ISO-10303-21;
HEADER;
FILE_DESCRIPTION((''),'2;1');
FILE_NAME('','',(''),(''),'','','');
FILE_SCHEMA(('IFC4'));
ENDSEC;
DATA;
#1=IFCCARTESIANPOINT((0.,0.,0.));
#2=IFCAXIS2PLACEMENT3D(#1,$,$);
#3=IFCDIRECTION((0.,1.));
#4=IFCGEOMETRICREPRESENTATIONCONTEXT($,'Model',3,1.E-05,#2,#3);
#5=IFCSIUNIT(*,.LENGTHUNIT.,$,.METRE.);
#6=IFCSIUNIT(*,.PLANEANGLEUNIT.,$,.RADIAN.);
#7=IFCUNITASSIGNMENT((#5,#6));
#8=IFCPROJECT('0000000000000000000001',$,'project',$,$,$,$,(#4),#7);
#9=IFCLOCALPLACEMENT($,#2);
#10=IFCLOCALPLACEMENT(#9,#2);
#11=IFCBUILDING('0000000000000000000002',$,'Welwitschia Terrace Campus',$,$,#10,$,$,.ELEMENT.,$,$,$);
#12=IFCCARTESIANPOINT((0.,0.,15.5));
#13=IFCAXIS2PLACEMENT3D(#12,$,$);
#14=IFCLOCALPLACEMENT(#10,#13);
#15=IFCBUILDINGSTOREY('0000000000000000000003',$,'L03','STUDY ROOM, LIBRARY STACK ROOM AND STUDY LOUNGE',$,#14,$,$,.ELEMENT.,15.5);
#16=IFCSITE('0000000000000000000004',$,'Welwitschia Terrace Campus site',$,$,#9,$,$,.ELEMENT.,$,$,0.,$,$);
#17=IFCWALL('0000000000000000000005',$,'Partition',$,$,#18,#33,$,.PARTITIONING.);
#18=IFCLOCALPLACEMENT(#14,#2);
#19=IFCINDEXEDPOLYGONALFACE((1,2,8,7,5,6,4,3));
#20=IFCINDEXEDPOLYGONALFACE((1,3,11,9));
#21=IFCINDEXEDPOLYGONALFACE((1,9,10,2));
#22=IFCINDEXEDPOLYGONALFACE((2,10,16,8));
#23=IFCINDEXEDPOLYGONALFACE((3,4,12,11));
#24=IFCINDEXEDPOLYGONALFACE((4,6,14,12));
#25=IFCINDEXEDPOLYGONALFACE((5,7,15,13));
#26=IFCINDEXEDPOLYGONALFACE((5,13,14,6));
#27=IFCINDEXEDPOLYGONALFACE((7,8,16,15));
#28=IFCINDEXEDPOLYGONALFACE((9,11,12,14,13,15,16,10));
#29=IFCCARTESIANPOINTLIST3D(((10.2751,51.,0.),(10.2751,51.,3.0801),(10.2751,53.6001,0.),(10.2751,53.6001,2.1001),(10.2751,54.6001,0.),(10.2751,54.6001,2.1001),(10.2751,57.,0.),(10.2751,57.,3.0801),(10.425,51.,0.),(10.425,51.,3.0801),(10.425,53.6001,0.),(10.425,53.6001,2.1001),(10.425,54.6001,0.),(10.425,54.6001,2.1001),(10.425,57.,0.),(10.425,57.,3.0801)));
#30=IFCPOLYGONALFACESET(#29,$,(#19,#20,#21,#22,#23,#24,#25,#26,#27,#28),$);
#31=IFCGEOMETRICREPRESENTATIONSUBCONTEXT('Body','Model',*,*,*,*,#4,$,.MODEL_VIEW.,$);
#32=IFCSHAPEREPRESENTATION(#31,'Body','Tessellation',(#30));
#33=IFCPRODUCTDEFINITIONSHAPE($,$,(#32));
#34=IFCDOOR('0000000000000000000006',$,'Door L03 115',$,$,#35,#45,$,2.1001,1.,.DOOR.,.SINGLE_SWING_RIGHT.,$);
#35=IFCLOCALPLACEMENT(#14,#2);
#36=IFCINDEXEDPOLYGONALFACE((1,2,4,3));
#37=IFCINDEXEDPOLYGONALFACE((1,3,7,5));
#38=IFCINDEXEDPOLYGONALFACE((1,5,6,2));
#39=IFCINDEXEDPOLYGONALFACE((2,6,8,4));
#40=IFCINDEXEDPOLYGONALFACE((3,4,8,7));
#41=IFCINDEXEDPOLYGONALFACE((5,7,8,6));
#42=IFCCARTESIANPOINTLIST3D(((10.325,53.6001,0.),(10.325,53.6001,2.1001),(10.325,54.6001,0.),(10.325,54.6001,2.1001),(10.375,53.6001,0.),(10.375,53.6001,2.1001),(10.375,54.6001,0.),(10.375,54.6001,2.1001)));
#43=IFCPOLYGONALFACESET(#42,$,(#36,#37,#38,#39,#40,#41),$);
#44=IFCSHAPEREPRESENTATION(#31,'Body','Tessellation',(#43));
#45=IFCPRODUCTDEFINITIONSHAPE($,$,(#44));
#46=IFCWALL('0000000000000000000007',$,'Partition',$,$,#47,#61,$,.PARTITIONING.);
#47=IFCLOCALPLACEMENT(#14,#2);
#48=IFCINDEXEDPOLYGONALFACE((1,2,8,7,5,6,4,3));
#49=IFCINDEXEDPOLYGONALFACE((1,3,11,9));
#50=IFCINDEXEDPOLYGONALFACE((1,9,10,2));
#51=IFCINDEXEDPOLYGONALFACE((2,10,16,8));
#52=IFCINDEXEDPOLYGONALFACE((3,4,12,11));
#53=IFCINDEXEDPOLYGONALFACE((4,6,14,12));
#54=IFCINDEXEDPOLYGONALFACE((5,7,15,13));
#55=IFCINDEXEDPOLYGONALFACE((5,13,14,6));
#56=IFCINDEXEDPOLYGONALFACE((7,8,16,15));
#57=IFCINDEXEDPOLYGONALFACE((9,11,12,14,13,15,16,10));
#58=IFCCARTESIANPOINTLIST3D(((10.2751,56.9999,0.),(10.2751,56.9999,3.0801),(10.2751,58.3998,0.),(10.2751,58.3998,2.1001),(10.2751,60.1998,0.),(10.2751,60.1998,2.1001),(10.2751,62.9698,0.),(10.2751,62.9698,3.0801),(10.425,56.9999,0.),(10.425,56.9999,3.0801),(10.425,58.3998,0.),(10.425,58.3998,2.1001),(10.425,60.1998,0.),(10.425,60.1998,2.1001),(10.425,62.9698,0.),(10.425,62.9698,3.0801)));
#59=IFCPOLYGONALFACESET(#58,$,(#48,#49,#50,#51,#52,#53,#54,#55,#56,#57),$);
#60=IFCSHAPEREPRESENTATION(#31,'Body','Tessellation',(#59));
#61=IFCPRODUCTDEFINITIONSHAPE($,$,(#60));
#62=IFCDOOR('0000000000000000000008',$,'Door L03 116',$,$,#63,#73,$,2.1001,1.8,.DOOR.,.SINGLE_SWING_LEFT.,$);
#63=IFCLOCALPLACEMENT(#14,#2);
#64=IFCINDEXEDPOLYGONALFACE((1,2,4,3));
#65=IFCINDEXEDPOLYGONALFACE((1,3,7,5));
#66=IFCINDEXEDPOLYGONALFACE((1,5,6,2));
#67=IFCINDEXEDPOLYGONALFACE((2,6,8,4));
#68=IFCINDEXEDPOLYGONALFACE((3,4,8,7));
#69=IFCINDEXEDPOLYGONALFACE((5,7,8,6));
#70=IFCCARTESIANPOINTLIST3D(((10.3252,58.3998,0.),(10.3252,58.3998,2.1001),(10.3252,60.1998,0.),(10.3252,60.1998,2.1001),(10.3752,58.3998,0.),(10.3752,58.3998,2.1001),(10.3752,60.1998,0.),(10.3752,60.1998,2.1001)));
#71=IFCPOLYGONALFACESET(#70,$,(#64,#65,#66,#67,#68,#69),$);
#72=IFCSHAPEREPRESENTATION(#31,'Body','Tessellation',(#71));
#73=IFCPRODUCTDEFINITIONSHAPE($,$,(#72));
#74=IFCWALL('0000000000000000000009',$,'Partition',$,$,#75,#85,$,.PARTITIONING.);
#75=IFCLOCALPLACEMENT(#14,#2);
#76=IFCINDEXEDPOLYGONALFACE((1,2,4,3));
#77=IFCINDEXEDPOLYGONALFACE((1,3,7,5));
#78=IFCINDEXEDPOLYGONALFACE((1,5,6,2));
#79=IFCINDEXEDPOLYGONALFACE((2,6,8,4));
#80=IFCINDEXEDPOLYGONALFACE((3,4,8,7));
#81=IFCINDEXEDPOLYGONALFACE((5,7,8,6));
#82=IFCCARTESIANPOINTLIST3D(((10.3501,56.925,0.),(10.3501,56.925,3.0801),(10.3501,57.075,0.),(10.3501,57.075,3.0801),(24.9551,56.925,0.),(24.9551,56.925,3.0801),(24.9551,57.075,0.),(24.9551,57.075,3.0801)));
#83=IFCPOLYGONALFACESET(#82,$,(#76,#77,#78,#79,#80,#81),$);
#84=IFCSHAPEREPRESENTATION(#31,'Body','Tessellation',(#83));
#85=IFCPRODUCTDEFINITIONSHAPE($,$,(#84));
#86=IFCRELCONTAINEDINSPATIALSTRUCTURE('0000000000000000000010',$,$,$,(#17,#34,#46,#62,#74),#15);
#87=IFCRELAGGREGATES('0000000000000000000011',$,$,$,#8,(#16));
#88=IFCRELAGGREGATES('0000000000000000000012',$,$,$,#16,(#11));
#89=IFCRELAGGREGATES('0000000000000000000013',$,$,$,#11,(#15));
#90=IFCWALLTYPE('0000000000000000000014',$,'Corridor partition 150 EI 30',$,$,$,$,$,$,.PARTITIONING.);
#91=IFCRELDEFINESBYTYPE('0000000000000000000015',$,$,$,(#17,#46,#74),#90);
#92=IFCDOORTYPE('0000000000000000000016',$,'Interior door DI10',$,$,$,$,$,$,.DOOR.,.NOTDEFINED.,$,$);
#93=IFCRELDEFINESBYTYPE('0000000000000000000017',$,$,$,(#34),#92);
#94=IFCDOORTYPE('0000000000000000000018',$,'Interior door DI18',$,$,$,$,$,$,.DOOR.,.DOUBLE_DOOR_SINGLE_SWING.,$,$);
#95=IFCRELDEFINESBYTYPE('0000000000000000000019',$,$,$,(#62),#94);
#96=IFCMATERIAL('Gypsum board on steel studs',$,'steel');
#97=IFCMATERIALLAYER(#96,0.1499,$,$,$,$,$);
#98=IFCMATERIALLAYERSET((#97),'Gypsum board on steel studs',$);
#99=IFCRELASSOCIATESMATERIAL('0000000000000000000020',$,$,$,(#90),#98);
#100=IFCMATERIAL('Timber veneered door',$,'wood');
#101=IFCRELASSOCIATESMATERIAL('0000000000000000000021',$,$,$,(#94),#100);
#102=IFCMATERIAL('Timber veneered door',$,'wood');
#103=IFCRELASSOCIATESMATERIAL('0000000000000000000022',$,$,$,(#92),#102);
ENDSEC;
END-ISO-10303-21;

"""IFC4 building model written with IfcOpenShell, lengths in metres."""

from ifc_helpers import new_model, si_unit, direction, frame, frame_2d, origin, place, context, subcontext, project, spatial, rectangle, extrude, material, layer, layer_set, type_object, element, fill, save


model = new_model("IFC4")

# Units and contexts
model_context = context("Model", 3, precision=1e-05, world=origin(), true_north=direction((0.0, 1.0)))
body_context = subcontext(model_context, "Body", "Model", "MODEL_VIEW")
ifc_project = project(units=[si_unit("LENGTHUNIT", "METRE"), si_unit("PLANEANGLEUNIT", "RADIAN")], contexts=[model_context])

# Site, building, storey
site_placement = place(None, origin())
site = spatial("IfcSite", under=ifc_project, at=site_placement, Name="Welwitschia Terrace Campus site", CompositionType="ELEMENT", RefElevation=0.0)
building_placement = place(site_placement, origin())
building = spatial("IfcBuilding", under=site, at=building_placement, Name="Welwitschia Terrace Campus", CompositionType="ELEMENT")
storey_placement = place(building_placement, frame((0.0, 0.0, 15.5)))
storey = spatial("IfcBuildingStorey", under=building, at=storey_placement, Name="L03", Description="STUDY ROOM, LIBRARY STACK ROOM AND STUDY LOUNGE", CompositionType="ELEMENT", Elevation=15.5)

# Shared definitions
ifc_material_1 = material(Name="Gypsum board on steel studs", Category="steel")
ifc_layer_1 = layer(ifc_material_1, 0.1499)
ifc_layer_set_1 = layer_set([ifc_layer_1], Name="Gypsum board on steel studs")
wall_type = type_object("IfcWallType", Name="Corridor partition 150 EI 30", PredefinedType="PARTITIONING", material=ifc_layer_set_1)
ifc_material_2 = material(Name="Timber veneered door", Category="wood")
door_type_1 = type_object("IfcDoorType", Name="Interior door DI18", OperationType="DOUBLE_DOOR_SINGLE_SWING", PredefinedType="DOOR", material=ifc_material_2)

# Walls, openings, doors
wall_1_placement = place(storey_placement, frame((10.3501, 57.0, 0.0), z_axis=(0.0, 0.0, 1.0), x_axis=(0.0, -1.0, 0.0)))
wall_1 = element("IfcWall", 1, at=wall_1_placement, inside=storey, type_object=wall_type, Name="Partition", PredefinedType="PARTITIONING", context=body_context, shape_type="SweptSolid", body=[
    extrude(rectangle(XDim=6.0, YDim=0.1499, at=frame_2d((3.0, 0.0))), origin(), (0.0, 0.0, 1.0), 3.0801),
])
opening_1_placement = place(wall_1_placement, frame((2.3999, 0.0, 0.0)))
opening_1 = element("IfcOpeningElement", 2, at=opening_1_placement, cuts=wall_1, PredefinedType="OPENING", context=body_context, shape_type="SweptSolid", body=[
    extrude(rectangle(XDim=1.0, YDim=2.1001, at=frame_2d((0.5, 1.05))), frame((0.0, 0.085, 0.0), z_axis=(0.0, -1.0, 0.0), x_axis=(1.0, 0.0, 0.0)), (0.0, 0.0, 1.0), 0.1699),
])
ifc_material_3 = material(Name="Timber veneered door", Category="wood")
door_type_2 = type_object("IfcDoorType", Name="Interior door DI10", OperationType="NOTDEFINED", PredefinedType="DOOR", material=ifc_material_3)
door_1_placement = place(opening_1_placement, origin())
door_1 = element("IfcDoor", 3, at=door_1_placement, inside=storey, type_object=door_type_2, Name="Door L03 115", OperationType="SINGLE_SWING_RIGHT", OverallHeight=2.1001, OverallWidth=1.0, PredefinedType="DOOR", context=body_context, shape_type="SweptSolid", body=[
    extrude(rectangle(XDim=1.0, YDim=2.1001, at=frame_2d((0.5, 1.05))), frame((0.0, 0.0249, 0.0), z_axis=(0.0, -1.0, 0.0), x_axis=(1.0, 0.0, 0.0)), (0.0, 0.0, 1.0), 0.05),
])
fill(opening_1, door_1)
wall_2_placement = place(storey_placement, frame((10.3501, 57.0, 0.0), z_axis=(0.0, 0.0, 1.0), x_axis=(0.0, 1.0, 0.0)))
wall_2 = element("IfcWall", 4, at=wall_2_placement, inside=storey, type_object=wall_type, Name="Partition", PredefinedType="PARTITIONING", context=body_context, shape_type="SweptSolid", body=[
    extrude(rectangle(XDim=5.97, YDim=0.1499, at=frame_2d((2.9849, 0.0))), origin(), (0.0, 0.0, 1.0), 3.0801),
])
opening_2_placement = place(wall_2_placement, frame((1.3999, 0.0, 0.0)))
opening_2 = element("IfcOpeningElement", 5, at=opening_2_placement, cuts=wall_2, PredefinedType="OPENING", context=body_context, shape_type="SweptSolid", body=[
    extrude(rectangle(XDim=1.8, YDim=2.1001, at=frame_2d((0.8999, 1.05))), frame((0.0, 0.085, 0.0), z_axis=(0.0, -1.0, 0.0), x_axis=(1.0, 0.0, 0.0)), (0.0, 0.0, 1.0), 0.1699),
])
door_2_placement = place(opening_2_placement, origin())
door_2 = element("IfcDoor", 6, at=door_2_placement, inside=storey, type_object=door_type_1, Name="Door L03 116", OperationType="SINGLE_SWING_LEFT", OverallHeight=2.1001, OverallWidth=1.8, PredefinedType="DOOR", context=body_context, shape_type="SweptSolid", body=[
    extrude(rectangle(XDim=1.8, YDim=2.1001, at=frame_2d((0.8999, 1.05))), frame((0.0, 0.0249, 0.0), z_axis=(0.0, -1.0, 0.0), x_axis=(1.0, 0.0, 0.0)), (0.0, 0.0, 1.0), 0.05),
])
fill(opening_2, door_2)

# Wall
wall_3_placement = place(storey_placement, frame((10.3501, 57.0, 0.0), z_axis=(0.0, 0.0, 1.0), x_axis=(1.0, 0.0, 0.0)))
element("IfcWall", 7, at=wall_3_placement, inside=storey, type_object=wall_type, Name="Partition", PredefinedType="PARTITIONING", context=body_context, shape_type="SweptSolid", body=[
    extrude(rectangle(XDim=14.605, YDim=0.1499, at=frame_2d((7.3025, 0.0))), origin(), (0.0, 0.0, 1.0), 3.0801),
])

save(model, "model.ifc")
